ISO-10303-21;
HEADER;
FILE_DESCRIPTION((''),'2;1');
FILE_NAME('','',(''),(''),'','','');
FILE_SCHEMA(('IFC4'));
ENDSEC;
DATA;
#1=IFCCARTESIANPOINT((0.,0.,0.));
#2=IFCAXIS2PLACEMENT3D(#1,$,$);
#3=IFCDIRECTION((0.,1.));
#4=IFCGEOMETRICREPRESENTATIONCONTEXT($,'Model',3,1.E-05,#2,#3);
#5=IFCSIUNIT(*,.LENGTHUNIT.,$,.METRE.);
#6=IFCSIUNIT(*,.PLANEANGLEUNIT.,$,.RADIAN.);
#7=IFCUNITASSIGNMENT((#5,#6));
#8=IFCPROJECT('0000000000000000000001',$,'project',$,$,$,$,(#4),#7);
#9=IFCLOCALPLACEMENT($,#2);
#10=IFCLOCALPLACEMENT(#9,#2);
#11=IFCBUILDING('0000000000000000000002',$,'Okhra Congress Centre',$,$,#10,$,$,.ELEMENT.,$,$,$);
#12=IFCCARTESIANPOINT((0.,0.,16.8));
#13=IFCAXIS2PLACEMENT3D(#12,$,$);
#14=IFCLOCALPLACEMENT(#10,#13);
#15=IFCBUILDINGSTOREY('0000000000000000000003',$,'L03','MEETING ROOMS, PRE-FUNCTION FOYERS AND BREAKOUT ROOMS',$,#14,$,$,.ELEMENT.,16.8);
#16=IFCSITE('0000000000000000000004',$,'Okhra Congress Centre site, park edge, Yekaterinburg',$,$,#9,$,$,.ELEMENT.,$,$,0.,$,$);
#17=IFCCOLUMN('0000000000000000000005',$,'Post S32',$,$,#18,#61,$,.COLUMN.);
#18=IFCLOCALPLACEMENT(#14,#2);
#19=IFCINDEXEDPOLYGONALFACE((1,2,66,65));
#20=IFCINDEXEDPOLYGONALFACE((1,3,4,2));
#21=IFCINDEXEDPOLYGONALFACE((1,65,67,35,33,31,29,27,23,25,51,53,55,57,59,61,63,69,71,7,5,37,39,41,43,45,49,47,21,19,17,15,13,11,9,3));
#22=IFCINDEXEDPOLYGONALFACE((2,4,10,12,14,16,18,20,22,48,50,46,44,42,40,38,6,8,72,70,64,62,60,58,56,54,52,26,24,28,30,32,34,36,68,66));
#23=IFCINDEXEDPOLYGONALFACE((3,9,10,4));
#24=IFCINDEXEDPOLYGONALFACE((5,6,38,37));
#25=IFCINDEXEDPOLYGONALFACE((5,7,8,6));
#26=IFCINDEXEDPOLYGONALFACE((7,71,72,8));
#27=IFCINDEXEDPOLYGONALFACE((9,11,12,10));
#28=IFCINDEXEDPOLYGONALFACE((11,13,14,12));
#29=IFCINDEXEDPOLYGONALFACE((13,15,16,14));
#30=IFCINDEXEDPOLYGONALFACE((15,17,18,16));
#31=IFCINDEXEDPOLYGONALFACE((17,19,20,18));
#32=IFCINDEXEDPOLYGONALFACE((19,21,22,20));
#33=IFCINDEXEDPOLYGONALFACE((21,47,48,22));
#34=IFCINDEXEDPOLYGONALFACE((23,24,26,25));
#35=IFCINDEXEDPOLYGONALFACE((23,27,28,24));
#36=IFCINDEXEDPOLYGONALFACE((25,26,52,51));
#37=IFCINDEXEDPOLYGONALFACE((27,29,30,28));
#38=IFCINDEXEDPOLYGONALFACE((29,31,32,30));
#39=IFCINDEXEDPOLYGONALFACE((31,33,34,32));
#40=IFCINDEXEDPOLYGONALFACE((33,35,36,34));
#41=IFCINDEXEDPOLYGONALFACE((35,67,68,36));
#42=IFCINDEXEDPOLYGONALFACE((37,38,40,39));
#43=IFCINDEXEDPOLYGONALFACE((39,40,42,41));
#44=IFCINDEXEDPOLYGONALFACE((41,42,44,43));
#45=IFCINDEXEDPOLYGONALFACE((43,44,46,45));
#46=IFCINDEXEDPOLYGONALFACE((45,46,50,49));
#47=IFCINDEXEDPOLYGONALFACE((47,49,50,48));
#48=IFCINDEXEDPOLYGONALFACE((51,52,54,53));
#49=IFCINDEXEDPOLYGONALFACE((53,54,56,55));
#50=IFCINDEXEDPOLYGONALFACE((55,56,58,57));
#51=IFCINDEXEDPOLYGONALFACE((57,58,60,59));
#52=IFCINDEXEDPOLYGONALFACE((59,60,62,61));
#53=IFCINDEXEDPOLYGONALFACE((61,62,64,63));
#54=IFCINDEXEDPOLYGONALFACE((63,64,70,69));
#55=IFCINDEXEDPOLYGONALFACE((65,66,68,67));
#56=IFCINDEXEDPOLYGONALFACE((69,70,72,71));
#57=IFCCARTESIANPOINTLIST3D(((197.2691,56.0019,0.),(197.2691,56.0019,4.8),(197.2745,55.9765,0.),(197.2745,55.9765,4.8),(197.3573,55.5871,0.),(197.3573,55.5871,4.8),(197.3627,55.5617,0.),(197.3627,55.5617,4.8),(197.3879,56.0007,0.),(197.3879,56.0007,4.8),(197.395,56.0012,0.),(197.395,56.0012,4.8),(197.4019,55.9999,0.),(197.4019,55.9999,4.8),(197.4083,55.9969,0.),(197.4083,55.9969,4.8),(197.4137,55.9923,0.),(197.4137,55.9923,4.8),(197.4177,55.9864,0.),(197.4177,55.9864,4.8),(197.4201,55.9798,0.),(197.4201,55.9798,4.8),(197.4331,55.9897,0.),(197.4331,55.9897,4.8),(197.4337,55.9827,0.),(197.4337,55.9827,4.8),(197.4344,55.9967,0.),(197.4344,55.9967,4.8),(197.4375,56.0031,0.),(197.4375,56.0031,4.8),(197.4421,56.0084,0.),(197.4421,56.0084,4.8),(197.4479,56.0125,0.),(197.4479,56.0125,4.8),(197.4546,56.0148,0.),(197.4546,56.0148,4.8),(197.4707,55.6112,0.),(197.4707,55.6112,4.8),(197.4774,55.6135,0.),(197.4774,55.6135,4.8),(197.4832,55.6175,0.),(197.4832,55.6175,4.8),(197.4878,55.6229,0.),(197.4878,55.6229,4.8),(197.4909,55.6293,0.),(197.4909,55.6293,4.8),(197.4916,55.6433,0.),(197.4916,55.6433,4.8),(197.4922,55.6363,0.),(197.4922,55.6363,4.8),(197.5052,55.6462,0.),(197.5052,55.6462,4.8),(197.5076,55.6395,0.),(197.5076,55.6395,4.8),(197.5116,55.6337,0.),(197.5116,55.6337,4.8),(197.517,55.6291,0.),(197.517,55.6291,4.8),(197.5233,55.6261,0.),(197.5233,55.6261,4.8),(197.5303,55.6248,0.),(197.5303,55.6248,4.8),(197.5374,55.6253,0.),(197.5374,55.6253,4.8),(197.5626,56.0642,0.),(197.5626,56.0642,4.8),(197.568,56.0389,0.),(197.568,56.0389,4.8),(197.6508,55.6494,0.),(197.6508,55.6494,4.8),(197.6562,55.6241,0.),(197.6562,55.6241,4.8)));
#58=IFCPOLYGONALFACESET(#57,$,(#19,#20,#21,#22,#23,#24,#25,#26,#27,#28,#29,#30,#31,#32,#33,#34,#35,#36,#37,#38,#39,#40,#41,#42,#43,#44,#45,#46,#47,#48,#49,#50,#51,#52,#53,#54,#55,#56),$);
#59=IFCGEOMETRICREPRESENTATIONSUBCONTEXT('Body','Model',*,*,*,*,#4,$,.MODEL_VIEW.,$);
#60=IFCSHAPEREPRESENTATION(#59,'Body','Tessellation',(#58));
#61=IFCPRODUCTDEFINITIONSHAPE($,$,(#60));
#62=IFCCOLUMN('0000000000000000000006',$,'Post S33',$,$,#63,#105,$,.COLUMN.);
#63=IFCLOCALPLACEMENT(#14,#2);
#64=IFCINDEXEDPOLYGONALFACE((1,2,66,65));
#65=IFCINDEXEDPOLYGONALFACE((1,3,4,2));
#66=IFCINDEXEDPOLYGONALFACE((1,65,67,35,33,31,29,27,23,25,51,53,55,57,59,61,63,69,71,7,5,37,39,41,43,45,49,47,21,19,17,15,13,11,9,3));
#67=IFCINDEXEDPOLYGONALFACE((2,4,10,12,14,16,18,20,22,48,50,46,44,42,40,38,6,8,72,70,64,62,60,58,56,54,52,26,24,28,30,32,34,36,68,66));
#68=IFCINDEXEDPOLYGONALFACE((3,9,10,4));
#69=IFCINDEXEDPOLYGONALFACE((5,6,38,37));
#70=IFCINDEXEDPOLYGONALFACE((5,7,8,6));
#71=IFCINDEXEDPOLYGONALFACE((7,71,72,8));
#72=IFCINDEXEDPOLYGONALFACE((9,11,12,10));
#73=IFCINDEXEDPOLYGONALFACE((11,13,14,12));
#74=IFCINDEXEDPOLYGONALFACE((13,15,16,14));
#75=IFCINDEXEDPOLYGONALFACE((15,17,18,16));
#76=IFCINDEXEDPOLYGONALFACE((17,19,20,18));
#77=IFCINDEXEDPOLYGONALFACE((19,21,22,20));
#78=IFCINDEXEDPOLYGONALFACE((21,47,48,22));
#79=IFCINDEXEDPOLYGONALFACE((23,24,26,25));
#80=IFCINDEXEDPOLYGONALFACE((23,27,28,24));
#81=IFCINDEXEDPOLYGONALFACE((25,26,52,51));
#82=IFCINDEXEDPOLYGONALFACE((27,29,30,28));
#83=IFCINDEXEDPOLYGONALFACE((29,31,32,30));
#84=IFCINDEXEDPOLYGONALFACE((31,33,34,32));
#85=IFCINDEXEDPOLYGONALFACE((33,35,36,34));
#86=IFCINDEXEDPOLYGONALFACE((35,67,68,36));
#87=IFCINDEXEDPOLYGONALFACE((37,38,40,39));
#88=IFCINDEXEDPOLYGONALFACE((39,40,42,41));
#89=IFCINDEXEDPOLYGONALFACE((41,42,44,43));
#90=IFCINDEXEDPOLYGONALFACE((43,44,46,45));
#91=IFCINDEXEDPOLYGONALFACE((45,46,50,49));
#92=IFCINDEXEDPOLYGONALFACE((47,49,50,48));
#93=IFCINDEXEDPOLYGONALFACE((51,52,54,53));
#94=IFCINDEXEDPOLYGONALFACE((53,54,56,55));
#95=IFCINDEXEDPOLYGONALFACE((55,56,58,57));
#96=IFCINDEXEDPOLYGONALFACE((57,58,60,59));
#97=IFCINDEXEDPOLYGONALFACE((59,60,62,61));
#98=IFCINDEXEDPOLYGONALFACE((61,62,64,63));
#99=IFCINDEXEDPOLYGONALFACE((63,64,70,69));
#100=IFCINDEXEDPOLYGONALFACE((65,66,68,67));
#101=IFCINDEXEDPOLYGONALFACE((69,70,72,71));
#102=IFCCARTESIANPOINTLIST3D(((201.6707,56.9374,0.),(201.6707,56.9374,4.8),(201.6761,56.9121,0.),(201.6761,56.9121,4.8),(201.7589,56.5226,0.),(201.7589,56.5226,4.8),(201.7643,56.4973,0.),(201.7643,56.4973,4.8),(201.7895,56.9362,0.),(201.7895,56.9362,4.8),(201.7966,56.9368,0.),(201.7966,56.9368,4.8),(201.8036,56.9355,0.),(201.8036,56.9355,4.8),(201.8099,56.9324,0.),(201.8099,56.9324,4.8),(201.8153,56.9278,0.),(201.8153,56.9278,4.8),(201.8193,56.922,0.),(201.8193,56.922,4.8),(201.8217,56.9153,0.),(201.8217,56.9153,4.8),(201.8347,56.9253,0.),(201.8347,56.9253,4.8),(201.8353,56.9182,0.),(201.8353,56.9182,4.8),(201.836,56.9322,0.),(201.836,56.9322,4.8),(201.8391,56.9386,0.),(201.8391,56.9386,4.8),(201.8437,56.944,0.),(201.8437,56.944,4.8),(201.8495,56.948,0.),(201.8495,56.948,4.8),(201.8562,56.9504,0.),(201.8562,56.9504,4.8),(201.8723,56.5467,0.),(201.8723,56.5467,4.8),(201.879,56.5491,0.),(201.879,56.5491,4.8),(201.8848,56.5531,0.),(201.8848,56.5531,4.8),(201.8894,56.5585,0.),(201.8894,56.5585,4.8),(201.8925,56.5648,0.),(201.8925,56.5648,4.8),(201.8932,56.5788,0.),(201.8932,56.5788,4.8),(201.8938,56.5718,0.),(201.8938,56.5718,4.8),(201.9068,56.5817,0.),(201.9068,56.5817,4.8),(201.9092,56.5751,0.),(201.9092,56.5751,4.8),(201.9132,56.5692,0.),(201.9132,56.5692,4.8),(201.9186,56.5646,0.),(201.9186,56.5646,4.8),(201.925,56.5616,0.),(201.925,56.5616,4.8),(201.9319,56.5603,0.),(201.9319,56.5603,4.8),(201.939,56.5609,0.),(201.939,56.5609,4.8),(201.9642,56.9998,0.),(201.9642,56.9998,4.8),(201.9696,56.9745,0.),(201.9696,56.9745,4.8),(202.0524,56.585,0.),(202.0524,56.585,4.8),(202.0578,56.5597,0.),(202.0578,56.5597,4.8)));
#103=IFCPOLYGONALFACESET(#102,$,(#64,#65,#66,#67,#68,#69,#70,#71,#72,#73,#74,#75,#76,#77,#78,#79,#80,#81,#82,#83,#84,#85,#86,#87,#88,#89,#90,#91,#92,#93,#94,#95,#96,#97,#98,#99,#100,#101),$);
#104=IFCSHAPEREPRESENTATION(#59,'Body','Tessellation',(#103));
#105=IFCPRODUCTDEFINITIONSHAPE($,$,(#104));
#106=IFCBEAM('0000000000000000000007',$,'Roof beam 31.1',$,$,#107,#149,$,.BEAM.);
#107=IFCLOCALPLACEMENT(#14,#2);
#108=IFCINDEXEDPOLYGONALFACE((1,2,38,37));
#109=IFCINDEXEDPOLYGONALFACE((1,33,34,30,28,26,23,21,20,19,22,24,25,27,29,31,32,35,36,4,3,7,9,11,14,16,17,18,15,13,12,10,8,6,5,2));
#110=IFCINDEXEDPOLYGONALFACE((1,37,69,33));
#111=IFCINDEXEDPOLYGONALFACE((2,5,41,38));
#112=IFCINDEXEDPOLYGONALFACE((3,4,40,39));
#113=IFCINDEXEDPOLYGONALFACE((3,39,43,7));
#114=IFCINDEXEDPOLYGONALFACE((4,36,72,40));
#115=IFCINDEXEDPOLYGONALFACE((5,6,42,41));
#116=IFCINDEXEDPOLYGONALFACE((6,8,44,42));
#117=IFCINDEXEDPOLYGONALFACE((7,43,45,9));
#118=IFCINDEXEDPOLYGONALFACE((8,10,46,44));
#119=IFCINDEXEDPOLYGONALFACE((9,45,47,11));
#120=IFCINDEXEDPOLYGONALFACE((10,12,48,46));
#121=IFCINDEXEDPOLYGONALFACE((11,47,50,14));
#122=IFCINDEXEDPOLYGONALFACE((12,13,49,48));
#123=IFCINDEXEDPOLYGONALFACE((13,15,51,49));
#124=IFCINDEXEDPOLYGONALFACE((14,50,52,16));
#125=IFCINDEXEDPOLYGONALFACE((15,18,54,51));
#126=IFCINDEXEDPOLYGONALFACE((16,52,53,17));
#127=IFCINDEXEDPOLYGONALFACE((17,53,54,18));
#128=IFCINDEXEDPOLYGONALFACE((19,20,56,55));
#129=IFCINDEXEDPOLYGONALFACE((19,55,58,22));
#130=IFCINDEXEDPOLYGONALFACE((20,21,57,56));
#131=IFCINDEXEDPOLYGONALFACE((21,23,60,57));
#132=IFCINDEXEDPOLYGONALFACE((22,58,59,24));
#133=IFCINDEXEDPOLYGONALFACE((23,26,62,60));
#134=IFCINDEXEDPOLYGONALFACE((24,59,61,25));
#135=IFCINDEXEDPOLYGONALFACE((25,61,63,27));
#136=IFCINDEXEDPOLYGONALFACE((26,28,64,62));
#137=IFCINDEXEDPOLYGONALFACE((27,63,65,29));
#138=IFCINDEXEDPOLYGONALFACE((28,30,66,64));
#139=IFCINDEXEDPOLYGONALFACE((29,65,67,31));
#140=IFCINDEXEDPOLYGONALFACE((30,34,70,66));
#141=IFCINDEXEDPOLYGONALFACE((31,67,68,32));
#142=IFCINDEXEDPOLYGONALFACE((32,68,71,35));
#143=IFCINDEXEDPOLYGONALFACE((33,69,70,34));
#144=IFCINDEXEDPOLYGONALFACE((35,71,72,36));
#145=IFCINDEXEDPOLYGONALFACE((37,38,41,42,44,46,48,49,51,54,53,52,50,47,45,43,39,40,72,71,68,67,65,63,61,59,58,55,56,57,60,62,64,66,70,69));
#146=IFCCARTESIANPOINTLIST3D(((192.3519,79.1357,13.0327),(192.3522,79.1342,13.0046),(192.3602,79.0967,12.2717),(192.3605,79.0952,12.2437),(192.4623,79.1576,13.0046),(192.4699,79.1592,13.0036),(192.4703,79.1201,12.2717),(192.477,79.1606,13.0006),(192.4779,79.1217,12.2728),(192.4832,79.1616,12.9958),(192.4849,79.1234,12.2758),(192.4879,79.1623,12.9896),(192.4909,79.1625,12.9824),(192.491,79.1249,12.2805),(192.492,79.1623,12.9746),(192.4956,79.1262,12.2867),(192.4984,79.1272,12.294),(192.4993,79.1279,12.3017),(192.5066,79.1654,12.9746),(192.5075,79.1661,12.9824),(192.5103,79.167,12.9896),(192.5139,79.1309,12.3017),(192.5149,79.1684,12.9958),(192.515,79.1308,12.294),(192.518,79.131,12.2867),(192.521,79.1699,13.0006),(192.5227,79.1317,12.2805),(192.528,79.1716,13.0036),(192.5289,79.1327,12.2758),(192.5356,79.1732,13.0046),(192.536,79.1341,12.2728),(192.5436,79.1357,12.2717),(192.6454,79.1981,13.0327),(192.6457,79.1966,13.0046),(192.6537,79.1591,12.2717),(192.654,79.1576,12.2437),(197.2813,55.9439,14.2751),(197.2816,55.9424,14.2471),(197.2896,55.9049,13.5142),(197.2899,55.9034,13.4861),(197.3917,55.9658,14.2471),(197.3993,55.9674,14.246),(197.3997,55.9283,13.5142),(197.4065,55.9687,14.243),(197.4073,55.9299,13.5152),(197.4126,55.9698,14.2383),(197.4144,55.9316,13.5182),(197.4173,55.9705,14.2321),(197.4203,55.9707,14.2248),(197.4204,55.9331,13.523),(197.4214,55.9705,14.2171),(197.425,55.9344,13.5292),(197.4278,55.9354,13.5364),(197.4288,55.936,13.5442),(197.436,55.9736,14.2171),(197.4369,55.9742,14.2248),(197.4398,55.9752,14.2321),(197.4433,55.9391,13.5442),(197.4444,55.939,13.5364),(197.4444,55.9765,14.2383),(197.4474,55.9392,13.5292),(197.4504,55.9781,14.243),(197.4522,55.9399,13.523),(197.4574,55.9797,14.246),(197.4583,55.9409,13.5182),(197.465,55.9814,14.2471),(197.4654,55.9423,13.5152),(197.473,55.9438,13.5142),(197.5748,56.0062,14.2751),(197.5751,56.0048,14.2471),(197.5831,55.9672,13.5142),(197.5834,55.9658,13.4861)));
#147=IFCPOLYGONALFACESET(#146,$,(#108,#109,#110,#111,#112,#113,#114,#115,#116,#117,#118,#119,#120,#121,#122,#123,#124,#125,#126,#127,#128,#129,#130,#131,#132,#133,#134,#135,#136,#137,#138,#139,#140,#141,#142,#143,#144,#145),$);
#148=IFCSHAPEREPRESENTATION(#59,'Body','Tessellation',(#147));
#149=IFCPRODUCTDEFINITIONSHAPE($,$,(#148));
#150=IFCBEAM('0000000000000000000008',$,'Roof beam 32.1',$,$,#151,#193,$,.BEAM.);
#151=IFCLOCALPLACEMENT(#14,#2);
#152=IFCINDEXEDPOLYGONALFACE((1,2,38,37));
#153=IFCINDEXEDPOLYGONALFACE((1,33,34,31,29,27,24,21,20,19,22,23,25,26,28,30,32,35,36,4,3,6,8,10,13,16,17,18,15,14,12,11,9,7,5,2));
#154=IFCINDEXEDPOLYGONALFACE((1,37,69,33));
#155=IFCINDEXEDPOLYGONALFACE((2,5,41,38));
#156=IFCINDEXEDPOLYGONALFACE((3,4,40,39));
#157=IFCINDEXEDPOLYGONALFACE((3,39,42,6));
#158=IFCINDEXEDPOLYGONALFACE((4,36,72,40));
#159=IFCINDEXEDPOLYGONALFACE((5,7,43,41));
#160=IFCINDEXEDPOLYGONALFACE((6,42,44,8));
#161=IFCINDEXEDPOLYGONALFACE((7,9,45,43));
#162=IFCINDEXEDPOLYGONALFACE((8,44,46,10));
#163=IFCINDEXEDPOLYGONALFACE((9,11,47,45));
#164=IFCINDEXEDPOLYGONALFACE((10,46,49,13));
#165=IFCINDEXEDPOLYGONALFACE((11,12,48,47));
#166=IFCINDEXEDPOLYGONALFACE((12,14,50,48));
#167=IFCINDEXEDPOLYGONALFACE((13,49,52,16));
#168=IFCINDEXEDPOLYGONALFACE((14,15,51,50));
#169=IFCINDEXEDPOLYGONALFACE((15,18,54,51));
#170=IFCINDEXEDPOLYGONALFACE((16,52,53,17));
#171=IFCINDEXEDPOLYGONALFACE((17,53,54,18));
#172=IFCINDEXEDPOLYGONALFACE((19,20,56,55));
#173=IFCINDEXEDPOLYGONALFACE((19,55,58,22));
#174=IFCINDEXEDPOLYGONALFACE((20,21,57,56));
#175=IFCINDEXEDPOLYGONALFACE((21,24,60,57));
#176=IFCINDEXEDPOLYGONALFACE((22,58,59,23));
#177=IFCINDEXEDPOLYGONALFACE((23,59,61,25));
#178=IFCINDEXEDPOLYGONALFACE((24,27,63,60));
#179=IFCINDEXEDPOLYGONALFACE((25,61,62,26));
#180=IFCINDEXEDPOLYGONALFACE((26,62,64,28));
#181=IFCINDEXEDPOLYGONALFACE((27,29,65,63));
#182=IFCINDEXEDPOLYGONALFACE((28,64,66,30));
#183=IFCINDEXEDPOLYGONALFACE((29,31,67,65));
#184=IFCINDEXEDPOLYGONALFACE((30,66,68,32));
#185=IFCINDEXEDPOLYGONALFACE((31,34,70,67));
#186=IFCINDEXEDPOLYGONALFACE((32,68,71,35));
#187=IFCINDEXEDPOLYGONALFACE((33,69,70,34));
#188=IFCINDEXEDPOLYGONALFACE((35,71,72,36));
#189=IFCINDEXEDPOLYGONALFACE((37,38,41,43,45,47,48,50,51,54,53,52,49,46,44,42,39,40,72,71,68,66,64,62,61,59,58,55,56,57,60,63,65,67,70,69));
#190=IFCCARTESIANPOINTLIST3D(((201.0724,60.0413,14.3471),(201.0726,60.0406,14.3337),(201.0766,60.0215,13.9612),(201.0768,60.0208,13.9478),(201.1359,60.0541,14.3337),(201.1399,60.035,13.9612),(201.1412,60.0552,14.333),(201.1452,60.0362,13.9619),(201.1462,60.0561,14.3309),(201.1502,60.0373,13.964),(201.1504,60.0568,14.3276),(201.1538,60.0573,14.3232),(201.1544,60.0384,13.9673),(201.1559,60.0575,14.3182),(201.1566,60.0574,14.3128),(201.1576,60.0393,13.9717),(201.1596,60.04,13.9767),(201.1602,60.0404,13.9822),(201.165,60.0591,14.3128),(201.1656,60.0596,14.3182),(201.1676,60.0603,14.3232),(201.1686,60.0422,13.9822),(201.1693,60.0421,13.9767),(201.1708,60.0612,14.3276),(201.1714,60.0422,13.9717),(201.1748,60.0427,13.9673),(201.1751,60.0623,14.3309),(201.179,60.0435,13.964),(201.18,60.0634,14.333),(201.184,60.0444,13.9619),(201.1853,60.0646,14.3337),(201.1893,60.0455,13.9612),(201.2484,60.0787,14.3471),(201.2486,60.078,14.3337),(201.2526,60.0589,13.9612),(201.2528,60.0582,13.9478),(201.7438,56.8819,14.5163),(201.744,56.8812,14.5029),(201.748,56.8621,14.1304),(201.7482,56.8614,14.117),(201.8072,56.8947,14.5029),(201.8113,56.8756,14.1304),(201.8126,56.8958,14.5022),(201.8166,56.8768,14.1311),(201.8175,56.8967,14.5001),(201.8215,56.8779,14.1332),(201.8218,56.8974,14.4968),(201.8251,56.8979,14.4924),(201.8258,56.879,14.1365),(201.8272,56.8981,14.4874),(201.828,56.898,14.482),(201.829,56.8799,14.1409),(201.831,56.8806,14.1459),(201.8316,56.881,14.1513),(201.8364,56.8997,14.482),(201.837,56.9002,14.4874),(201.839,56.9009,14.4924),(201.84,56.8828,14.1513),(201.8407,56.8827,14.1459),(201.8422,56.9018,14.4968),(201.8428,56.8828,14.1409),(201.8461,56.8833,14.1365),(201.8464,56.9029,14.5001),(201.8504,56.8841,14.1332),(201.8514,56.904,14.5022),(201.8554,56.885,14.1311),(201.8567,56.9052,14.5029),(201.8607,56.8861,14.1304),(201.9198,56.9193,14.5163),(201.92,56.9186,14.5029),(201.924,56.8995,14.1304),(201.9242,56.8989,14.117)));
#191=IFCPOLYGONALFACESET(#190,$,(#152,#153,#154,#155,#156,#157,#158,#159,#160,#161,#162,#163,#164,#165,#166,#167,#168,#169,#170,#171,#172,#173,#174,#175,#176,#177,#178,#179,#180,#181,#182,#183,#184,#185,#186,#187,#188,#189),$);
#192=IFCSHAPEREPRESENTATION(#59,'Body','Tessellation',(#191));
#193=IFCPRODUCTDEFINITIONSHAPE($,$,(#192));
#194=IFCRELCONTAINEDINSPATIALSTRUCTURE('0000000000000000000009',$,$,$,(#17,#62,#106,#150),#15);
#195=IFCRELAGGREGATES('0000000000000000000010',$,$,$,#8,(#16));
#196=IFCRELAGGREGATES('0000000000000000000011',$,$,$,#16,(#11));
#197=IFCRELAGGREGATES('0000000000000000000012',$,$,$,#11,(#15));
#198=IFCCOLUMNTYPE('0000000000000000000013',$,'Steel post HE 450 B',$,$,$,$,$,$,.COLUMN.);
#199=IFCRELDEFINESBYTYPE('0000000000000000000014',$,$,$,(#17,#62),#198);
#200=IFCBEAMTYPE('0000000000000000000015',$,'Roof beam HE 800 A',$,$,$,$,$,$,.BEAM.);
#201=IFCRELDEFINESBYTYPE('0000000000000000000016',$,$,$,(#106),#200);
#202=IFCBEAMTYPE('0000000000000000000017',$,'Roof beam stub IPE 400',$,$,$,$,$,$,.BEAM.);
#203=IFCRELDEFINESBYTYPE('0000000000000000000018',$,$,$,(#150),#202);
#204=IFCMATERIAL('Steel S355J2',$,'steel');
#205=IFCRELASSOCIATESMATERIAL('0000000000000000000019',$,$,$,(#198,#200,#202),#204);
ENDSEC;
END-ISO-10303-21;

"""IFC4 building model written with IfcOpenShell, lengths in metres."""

from ifc_helpers import new_model, si_unit, direction, frame, origin, origin_2d, place, context, subcontext, project, spatial, i_section, extrude, material, material_profile, profile_set, type_object, element, save


model = new_model("IFC4")

# Units and contexts
model_context = context("Model", 3, precision=1e-05, world=origin(), true_north=direction((0.0, 1.0)))
body_context = subcontext(model_context, "Body", "Model", "MODEL_VIEW")
ifc_project = project(units=[si_unit("LENGTHUNIT", "METRE"), si_unit("PLANEANGLEUNIT", "RADIAN")], contexts=[model_context])

# Site, building, storey
site_placement = place(None, origin())
site = spatial("IfcSite", under=ifc_project, at=site_placement, Name="Okhra Congress Centre site, park edge, Yekaterinburg", CompositionType="ELEMENT", RefElevation=0.0)
building_placement = place(site_placement, origin())
building = spatial("IfcBuilding", under=site, at=building_placement, Name="Okhra Congress Centre", CompositionType="ELEMENT")
storey_placement = place(building_placement, frame((0.0, 0.0, 16.8)))
storey = spatial("IfcBuildingStorey", under=building, at=storey_placement, Name="L03", Description="MEETING ROOMS, PRE-FUNCTION FOYERS AND BREAKOUT ROOMS", CompositionType="ELEMENT", Elevation=16.8)

# Columns
ifc_material_1 = material(Name="Steel S355J2", Category="steel")
ifc_material_profile_1 = material_profile(ifc_material_1, i_section(OverallWidth=0.3, OverallDepth=0.45, WebThickness=0.0139, FlangeThickness=0.0259, FilletRadius=0.0271, at=origin_2d()), Name="HE 450 B")
ifc_profile_set_1 = profile_set([ifc_material_profile_1], Name="Steel S355J2")
column_type = type_object("IfcColumnType", Name="Steel post HE 450 B", PredefinedType="COLUMN", material=ifc_profile_set_1)
for number, where, z_axis, x_axis, name in (
    (1, (197.4626, 55.813, 0.0), (0.0, 0.0, 1.0), (0.978148, 0.207912, 0.0), "Post S32"),
    (2, (201.8643, 56.7485, 0.0), (0.0, 0.0, 1.0), (0.978148, 0.207912, 0.0), "Post S33"),
):
    element("IfcColumn", number, at=place(storey_placement, frame(where, z_axis=z_axis, x_axis=x_axis)), inside=storey, type_object=column_type, Name=name, PredefinedType="COLUMN", context=body_context, shape_type="SweptSolid", body=[
        extrude(i_section(OverallWidth=0.3, OverallDepth=0.45, WebThickness=0.0139, FlangeThickness=0.0259, FilletRadius=0.0271, at=origin_2d()), origin(), (0.0, 0.0, 1.0), 4.8),
    ])

# Beams
ifc_material_profile_2 = material_profile(ifc_material_1, i_section(OverallWidth=0.3, OverallDepth=0.79, WebThickness=0.0149, FlangeThickness=0.0281, FilletRadius=0.03, at=origin_2d()), Name="HE 800 A")
ifc_profile_set_2 = profile_set([ifc_material_profile_2], Name="Steel S355J2")
beam_type_1 = type_object("IfcBeamType", Name="Roof beam HE 800 A", PredefinedType="BEAM", material=ifc_profile_set_2)
beam_1_placement = place(storey_placement, frame((197.4324, 55.9548, 13.8806), z_axis=(-0.207621, 0.976809, -0.052329), x_axis=(-0.978149, -0.207906, 0.0)))
element("IfcBeam", 3, at=beam_1_placement, inside=storey, type_object=beam_type_1, Name="Roof beam 31.1", PredefinedType="BEAM", context=body_context, shape_type="SweptSolid", body=[
    extrude(i_section(OverallWidth=0.3, OverallDepth=0.79, WebThickness=0.0149, FlangeThickness=0.0281, FilletRadius=0.03, at=origin_2d()), origin(), (0.0, 0.0, 1.0), 23.7424),
])
ifc_material_profile_3 = material_profile(ifc_material_1, i_section(OverallWidth=0.1799, OverallDepth=0.3999, WebThickness=0.0085, FlangeThickness=0.0134, FilletRadius=0.021, at=origin_2d()), Name="IPE 400")
ifc_profile_set_3 = profile_set([ifc_material_profile_3], Name="Steel S355J2")
beam_type_2 = type_object("IfcBeamType", Name="Roof beam stub IPE 400", PredefinedType="BEAM", material=ifc_profile_set_3)
beam_2_placement = place(storey_placement, frame((201.834, 56.8904, 14.3167), z_axis=(-0.207577, 0.976819, -0.052309), x_axis=(-0.978158, -0.207861, 0.0)))
element("IfcBeam", 4, at=beam_2_placement, inside=storey, type_object=beam_type_2, Name="Roof beam 32.1", PredefinedType="BEAM", context=body_context, shape_type="SweptSolid", body=[
    extrude(i_section(OverallWidth=0.1799, OverallDepth=0.3999, WebThickness=0.0085, FlangeThickness=0.0134, FilletRadius=0.021, at=origin_2d()), origin(), (0.0, 0.0, 1.0), 3.2344),
])

save(model, "model.ifc")
